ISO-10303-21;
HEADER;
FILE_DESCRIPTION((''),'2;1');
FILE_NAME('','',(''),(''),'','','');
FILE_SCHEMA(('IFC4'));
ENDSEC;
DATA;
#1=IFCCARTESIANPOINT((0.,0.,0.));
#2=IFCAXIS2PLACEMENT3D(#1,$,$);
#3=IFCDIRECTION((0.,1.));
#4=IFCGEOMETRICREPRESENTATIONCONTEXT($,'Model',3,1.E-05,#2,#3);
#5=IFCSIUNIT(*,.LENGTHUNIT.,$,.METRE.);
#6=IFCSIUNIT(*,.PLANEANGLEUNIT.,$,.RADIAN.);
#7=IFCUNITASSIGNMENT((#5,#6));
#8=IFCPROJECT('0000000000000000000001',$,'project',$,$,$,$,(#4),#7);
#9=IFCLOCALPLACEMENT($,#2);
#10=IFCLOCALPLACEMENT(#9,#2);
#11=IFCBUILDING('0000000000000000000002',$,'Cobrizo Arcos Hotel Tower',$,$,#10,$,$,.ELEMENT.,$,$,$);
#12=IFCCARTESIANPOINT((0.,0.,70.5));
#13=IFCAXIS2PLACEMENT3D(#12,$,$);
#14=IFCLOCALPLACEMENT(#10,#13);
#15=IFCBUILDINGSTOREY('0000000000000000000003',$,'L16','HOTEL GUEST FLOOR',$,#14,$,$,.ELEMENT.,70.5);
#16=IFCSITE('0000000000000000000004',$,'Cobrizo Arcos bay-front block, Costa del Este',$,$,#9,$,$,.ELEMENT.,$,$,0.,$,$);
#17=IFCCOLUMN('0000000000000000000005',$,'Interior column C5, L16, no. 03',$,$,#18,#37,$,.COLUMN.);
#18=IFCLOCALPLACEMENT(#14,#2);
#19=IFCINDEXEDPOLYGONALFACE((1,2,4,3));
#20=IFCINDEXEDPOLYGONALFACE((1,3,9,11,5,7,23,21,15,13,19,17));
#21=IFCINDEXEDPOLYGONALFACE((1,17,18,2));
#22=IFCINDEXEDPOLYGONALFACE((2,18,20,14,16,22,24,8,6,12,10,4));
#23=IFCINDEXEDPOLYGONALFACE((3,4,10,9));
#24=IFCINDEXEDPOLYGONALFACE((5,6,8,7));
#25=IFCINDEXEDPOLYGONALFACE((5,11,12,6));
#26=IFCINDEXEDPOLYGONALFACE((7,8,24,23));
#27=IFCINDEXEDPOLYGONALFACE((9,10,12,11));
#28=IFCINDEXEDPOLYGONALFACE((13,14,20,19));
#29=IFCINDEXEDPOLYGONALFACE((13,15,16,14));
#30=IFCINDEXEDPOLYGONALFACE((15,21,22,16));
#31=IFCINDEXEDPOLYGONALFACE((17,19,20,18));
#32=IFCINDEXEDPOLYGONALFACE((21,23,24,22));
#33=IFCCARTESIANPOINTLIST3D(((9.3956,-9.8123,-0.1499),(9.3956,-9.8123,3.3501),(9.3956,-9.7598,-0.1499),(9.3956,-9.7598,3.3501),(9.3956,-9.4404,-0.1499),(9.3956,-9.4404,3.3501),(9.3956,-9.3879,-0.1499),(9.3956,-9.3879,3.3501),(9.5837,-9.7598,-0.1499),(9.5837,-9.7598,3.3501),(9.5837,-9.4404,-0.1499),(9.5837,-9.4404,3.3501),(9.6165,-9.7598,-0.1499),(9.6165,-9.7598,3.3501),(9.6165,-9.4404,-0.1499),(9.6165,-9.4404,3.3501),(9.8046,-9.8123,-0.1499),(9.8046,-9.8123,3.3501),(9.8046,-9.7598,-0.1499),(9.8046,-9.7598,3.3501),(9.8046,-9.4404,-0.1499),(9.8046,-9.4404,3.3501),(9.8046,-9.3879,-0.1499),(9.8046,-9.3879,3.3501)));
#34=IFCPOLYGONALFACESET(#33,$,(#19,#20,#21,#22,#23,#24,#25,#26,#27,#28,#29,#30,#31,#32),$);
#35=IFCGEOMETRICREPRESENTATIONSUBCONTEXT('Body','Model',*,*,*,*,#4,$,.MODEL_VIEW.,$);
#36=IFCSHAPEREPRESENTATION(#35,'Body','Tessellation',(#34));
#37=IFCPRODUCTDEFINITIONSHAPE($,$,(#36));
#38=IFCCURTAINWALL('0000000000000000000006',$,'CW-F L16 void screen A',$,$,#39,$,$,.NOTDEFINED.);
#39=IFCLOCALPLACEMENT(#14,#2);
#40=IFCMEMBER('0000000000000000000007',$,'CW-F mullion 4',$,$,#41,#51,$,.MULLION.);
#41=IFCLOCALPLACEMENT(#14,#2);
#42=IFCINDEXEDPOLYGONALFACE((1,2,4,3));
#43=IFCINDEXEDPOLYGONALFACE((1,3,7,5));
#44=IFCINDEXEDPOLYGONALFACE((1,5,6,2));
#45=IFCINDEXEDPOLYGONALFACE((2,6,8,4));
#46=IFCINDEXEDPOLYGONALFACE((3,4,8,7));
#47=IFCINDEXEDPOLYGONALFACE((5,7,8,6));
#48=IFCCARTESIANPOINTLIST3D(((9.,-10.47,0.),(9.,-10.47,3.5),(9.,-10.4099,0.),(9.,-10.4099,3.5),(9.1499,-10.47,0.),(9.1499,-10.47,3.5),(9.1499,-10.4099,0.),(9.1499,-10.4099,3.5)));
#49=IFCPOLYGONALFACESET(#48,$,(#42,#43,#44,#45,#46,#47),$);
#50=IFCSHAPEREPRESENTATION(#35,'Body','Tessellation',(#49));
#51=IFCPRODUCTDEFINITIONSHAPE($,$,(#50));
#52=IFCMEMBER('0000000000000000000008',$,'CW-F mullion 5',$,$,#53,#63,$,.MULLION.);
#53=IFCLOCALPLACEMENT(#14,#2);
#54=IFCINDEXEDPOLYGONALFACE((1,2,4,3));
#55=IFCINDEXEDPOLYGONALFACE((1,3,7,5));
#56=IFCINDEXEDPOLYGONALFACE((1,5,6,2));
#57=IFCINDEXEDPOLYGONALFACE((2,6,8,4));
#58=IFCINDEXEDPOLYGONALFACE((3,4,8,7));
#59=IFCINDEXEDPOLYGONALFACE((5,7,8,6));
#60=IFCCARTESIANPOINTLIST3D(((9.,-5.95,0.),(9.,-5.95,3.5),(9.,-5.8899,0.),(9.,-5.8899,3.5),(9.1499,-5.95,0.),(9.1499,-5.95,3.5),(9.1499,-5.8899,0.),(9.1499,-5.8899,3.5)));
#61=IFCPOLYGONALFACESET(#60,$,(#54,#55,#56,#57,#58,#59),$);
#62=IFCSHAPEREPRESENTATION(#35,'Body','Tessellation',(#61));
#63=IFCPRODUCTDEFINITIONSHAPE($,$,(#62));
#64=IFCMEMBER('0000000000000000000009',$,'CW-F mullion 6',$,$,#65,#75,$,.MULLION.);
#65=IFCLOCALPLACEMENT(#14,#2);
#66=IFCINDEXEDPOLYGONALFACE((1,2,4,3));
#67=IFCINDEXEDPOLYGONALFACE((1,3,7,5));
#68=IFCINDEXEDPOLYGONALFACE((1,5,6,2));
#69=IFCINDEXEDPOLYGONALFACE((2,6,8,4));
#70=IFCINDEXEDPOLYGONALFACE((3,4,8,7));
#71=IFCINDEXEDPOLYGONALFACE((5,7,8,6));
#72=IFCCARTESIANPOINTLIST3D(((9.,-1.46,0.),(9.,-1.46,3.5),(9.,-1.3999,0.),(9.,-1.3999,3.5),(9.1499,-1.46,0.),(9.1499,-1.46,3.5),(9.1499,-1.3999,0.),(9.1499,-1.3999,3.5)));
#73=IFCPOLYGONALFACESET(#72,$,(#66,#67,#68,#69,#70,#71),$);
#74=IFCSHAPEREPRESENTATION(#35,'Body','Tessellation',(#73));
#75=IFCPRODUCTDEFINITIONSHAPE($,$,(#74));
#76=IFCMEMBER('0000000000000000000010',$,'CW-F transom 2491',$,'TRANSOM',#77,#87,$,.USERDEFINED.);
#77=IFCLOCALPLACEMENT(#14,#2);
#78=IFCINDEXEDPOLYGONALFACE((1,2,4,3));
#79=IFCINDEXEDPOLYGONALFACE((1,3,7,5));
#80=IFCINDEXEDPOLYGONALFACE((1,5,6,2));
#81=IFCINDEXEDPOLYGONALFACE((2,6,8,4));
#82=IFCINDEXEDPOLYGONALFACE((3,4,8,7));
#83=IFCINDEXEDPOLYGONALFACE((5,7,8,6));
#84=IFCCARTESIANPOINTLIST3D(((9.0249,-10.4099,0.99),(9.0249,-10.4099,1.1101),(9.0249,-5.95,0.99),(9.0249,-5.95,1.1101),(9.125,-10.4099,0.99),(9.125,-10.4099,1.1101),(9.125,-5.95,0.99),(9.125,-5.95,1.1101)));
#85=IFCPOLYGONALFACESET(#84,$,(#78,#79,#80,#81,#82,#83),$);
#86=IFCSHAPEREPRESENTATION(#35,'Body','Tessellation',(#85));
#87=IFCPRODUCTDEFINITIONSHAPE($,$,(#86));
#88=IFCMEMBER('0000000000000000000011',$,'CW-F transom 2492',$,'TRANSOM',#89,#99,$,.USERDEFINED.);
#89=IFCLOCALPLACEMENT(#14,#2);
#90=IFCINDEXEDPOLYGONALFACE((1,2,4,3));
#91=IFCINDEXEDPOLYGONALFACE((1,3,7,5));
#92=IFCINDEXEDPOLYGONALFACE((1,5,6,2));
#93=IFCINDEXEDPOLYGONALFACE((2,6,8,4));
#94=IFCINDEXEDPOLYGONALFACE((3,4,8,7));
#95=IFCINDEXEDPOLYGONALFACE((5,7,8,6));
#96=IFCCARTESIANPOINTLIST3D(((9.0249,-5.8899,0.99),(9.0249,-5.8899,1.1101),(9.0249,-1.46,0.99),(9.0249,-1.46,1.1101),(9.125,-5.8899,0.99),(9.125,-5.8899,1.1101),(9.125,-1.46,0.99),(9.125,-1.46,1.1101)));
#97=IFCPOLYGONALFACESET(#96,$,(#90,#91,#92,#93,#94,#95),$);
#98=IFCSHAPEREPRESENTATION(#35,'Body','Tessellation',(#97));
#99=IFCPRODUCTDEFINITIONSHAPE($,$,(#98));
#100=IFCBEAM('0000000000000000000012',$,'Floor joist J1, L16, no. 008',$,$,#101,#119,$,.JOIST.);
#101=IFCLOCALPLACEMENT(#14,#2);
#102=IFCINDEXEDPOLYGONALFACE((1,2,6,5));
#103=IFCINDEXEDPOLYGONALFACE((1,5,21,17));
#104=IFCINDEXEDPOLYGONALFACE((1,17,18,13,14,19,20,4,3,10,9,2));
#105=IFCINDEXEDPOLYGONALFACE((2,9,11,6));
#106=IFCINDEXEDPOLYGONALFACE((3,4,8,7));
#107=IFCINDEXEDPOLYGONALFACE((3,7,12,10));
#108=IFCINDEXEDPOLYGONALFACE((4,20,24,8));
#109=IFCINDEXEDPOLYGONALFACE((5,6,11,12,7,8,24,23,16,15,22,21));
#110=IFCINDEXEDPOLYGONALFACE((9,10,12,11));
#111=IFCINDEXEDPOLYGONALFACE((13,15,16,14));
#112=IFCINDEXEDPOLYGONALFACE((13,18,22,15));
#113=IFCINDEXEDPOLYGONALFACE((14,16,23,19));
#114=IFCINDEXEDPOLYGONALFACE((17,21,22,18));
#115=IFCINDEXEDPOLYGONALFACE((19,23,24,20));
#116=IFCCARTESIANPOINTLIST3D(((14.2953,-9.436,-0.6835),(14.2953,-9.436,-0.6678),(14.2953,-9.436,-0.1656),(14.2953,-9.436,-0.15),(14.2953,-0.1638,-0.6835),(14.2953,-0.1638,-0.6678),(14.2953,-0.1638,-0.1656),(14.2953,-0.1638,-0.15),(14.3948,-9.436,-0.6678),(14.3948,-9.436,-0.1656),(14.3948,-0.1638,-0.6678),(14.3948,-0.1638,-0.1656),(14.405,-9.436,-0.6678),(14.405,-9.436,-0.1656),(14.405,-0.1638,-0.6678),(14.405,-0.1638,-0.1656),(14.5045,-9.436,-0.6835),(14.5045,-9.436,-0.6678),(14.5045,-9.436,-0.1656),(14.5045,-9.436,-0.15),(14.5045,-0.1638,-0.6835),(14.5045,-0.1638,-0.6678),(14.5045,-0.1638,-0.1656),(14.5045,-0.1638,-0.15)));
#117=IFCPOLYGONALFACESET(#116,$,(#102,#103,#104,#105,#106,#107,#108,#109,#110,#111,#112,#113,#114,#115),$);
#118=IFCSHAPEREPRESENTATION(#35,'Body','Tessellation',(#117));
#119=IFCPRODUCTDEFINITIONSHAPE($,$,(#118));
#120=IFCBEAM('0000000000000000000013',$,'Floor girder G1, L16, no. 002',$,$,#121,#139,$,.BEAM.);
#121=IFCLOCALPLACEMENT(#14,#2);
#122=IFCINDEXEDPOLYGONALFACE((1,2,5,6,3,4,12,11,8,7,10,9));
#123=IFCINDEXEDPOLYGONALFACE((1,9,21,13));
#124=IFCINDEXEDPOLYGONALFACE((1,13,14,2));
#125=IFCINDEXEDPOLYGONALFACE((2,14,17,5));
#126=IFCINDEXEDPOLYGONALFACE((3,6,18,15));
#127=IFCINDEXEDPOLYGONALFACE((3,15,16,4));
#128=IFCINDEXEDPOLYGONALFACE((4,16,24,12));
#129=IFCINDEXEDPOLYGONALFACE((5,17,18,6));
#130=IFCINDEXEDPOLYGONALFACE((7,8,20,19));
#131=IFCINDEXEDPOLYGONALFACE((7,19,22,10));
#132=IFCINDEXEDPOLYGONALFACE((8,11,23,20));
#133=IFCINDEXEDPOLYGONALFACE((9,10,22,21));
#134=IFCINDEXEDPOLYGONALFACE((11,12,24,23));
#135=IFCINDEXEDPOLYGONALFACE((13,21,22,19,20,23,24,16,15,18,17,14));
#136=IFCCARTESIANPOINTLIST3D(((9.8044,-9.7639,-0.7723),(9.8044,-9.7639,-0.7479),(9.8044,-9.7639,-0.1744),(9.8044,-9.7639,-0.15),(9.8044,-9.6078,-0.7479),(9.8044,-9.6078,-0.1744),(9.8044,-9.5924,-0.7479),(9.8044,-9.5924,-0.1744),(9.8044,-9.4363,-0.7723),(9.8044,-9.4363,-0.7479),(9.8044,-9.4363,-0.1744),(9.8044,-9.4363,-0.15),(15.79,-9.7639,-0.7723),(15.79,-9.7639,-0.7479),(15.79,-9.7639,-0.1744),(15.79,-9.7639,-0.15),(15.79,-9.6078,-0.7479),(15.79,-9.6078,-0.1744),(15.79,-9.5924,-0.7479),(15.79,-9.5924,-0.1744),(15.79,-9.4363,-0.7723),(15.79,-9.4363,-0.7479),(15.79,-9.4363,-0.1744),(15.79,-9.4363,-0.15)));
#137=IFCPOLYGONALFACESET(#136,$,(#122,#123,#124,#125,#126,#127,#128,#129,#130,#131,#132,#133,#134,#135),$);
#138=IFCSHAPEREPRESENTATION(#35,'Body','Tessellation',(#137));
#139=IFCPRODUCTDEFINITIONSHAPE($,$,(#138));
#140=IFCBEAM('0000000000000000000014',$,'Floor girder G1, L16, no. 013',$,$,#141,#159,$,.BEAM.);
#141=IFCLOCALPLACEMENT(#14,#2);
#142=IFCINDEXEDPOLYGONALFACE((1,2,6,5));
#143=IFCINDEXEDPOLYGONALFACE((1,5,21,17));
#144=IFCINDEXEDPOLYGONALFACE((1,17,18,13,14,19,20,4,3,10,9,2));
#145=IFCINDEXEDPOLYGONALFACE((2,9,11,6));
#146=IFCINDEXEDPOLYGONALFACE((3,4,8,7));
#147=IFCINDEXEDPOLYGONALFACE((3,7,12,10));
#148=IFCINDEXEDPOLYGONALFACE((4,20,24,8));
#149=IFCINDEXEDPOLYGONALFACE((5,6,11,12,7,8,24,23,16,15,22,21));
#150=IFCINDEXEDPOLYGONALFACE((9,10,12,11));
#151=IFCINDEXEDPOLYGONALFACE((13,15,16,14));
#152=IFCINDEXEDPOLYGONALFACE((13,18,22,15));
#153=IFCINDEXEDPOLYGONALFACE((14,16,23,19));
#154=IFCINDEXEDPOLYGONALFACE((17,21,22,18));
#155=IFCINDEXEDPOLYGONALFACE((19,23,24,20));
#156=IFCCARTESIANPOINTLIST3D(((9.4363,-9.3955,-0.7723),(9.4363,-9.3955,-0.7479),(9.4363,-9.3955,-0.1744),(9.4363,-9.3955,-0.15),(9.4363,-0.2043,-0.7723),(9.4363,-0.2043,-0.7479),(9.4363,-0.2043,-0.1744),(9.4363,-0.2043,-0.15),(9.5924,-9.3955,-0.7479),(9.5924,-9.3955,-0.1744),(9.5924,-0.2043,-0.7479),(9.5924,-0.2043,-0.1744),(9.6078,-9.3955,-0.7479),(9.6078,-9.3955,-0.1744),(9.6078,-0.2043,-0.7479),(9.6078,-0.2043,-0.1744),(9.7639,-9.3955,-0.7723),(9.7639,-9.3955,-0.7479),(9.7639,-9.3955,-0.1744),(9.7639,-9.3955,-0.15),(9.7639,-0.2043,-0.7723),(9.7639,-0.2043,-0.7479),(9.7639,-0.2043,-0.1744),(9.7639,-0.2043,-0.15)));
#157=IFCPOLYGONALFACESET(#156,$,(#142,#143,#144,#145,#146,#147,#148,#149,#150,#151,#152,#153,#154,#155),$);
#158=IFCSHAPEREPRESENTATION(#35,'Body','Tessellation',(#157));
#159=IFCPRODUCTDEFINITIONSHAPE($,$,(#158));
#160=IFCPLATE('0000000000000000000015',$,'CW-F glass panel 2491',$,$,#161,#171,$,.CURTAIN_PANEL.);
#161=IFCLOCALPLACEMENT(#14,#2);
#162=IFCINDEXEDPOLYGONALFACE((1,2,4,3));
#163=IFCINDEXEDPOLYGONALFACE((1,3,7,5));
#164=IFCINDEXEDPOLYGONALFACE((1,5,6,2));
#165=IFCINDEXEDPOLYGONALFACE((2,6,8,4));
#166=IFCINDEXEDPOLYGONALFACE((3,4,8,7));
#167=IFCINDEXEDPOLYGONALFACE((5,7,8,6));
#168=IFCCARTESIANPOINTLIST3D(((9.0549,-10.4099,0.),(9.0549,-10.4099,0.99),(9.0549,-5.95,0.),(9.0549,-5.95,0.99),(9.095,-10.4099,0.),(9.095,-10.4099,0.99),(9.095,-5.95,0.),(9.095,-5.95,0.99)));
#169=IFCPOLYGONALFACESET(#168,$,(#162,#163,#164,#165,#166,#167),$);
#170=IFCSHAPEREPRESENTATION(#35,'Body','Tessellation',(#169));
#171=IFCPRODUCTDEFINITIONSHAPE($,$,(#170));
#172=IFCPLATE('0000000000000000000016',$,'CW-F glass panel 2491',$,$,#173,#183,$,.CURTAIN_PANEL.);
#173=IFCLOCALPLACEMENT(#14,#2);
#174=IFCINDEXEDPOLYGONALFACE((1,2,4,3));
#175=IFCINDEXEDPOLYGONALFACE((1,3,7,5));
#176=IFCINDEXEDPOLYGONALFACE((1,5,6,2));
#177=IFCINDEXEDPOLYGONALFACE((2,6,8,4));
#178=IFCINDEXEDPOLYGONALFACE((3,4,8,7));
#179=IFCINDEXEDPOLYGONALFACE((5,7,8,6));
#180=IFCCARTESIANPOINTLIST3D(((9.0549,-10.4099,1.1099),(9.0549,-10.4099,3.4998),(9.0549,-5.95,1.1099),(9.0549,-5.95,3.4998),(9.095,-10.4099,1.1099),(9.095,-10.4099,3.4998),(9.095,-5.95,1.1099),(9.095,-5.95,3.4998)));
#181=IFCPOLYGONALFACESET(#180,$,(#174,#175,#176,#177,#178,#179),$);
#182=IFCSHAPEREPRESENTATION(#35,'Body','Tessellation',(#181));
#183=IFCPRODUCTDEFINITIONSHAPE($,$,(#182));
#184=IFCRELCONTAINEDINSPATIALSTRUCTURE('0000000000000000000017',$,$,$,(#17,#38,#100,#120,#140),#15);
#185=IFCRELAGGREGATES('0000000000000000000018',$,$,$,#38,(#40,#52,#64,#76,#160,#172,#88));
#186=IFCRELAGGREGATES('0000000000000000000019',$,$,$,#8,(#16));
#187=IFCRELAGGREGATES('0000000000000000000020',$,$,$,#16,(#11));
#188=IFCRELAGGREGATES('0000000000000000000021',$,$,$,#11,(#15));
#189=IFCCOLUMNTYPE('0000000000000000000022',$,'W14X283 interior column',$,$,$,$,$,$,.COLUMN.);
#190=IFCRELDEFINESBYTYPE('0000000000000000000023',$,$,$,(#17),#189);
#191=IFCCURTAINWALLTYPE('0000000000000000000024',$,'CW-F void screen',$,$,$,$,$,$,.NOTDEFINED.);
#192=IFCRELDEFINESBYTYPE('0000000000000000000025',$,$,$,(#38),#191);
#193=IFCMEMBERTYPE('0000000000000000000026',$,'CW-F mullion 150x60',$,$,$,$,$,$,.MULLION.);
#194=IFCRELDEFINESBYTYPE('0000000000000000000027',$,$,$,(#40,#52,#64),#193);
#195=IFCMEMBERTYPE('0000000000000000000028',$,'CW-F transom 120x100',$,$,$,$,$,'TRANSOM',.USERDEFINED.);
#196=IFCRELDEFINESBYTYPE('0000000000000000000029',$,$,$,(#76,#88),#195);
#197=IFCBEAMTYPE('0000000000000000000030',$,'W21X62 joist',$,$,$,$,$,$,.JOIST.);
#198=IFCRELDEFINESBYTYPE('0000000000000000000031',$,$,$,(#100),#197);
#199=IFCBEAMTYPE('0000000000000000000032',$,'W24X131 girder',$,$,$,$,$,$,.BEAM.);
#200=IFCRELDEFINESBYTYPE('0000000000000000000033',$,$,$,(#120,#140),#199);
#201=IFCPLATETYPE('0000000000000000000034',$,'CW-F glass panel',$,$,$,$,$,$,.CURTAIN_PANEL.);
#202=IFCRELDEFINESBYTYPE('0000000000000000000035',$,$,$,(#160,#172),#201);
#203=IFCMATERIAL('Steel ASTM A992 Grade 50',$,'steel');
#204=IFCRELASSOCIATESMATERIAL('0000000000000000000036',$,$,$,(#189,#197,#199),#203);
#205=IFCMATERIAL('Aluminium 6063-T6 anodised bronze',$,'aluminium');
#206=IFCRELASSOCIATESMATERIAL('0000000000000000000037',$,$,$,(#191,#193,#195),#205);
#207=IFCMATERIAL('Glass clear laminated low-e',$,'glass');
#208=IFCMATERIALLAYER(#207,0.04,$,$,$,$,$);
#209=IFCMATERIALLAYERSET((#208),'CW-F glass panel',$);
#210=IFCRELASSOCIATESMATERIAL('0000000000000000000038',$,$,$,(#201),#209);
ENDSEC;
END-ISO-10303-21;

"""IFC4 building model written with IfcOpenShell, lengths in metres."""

from ifc_helpers import new_model, si_unit, direction, frame, origin, origin_2d, place, context, subcontext, project, spatial, rectangle, i_section, extrude, material, layer, layer_set, material_profile, profile_set, type_object, element, aggregate, save


model = new_model("IFC4")

# Units and contexts
model_context = context("Model", 3, precision=1e-05, world=origin(), true_north=direction((0.0, 1.0)))
body_context = subcontext(model_context, "Body", "Model", "MODEL_VIEW")
ifc_project = project(units=[si_unit("LENGTHUNIT", "METRE"), si_unit("PLANEANGLEUNIT", "RADIAN")], contexts=[model_context])

# Site, building, storey
site_placement = place(None, origin())
site = spatial("IfcSite", under=ifc_project, at=site_placement, Name="Cobrizo Arcos bay-front block, Costa del Este", CompositionType="ELEMENT", RefElevation=0.0)
building_placement = place(site_placement, origin())
building = spatial("IfcBuilding", under=site, at=building_placement, Name="Cobrizo Arcos Hotel Tower", CompositionType="ELEMENT")
storey_placement = place(building_placement, frame((0.0, 0.0, 70.5)))
storey = spatial("IfcBuildingStorey", under=building, at=storey_placement, Name="L16", Description="HOTEL GUEST FLOOR", CompositionType="ELEMENT", Elevation=70.5)

# Column
ifc_material_1 = material(Name="Steel ASTM A992 Grade 50", Category="steel")
ifc_material_profile_1 = material_profile(ifc_material_1, i_section(OverallWidth=0.4089, OverallDepth=0.4243, WebThickness=0.0327, FlangeThickness=0.0525, at=origin_2d()), Name="W14X283")
ifc_profile_set_1 = profile_set([ifc_material_profile_1], Name="Steel ASTM A992 Grade 50")
column_type = type_object("IfcColumnType", Name="W14X283 interior column", PredefinedType="COLUMN", material=ifc_profile_set_1)
column_placement = place(storey_placement, frame((9.6001, -9.6001, -0.1499), z_axis=(0.0, 0.0, 1.0), x_axis=(1.0, 0.0, 0.0)))
element("IfcColumn", 1, at=column_placement, inside=storey, type_object=column_type, Name="Interior column C5, L16, no. 03", PredefinedType="COLUMN", context=body_context, shape_type="SweptSolid", body=[
    extrude(i_section(OverallWidth=0.4089, OverallDepth=0.4243, WebThickness=0.0327, FlangeThickness=0.0525, at=origin_2d()), origin(), (0.0, 0.0, 1.0), 3.5),
])

# Curtain wall, members
ifc_material_2 = material(Name="Aluminium 6063-T6 anodised bronze", Category="aluminium")
curtain_wall_type = type_object("IfcCurtainWallType", Name="CW-F void screen", PredefinedType="NOTDEFINED", material=ifc_material_2)
curtain_wall_placement = place(storey_placement, origin())
curtain_wall = element("IfcCurtainWall", 2, at=curtain_wall_placement, inside=storey, type_object=curtain_wall_type, Name="CW-F L16 void screen A", PredefinedType="NOTDEFINED")
ifc_material_profile_2 = material_profile(ifc_material_2, rectangle(XDim=0.1499, YDim=0.0601, at=origin_2d()), Name="CW-F mullion 150x60")
ifc_profile_set_2 = profile_set([ifc_material_profile_2], Name="Aluminium 6063-T6 anodised bronze")
member_type_1 = type_object("IfcMemberType", Name="CW-F mullion 150x60", PredefinedType="MULLION", material=ifc_profile_set_2)
member_1_placement = place(storey_placement, frame((9.075, -10.4399, 0.0), z_axis=(0.0, 0.0, 1.0), x_axis=(1.0, 0.0, 0.0)))
member_1 = element("IfcMember", 3, at=member_1_placement, type_object=member_type_1, Name="CW-F mullion 4", PredefinedType="MULLION", context=body_context, shape_type="SweptSolid", body=[
    extrude(rectangle(XDim=0.1499, YDim=0.0601, at=origin_2d()), origin(), (0.0, 0.0, 1.0), 3.5),
])
member_2_placement = place(storey_placement, frame((9.075, -5.9199, 0.0), z_axis=(0.0, 0.0, 1.0), x_axis=(1.0, 0.0, 0.0)))
member_2 = element("IfcMember", 4, at=member_2_placement, type_object=member_type_1, Name="CW-F mullion 5", PredefinedType="MULLION", context=body_context, shape_type="SweptSolid", body=[
    extrude(rectangle(XDim=0.1499, YDim=0.0601, at=origin_2d()), origin(), (0.0, 0.0, 1.0), 3.5),
])
member_3_placement = place(storey_placement, frame((9.075, -1.4299, 0.0), z_axis=(0.0, 0.0, 1.0), x_axis=(1.0, 0.0, 0.0)))
member_3 = element("IfcMember", 5, at=member_3_placement, type_object=member_type_1, Name="CW-F mullion 6", PredefinedType="MULLION", context=body_context, shape_type="SweptSolid", body=[
    extrude(rectangle(XDim=0.1499, YDim=0.0601, at=origin_2d()), origin(), (0.0, 0.0, 1.0), 3.5),
])
ifc_material_profile_3 = material_profile(ifc_material_2, rectangle(XDim=0.1001, YDim=0.1201, at=origin_2d()), Name="CW-F transom 120x100")
ifc_profile_set_3 = profile_set([ifc_material_profile_3], Name="Aluminium 6063-T6 anodised bronze")
member_type_2 = type_object("IfcMemberType", Name="CW-F transom 120x100", ElementType="TRANSOM", PredefinedType="USERDEFINED", material=ifc_profile_set_3)
member_4_placement = place(storey_placement, frame((9.075, -10.4099, 1.05), z_axis=(0.0, 1.0, 0.0), x_axis=(-1.0, 0.0, 0.0)))
member_4 = element("IfcMember", 6, at=member_4_placement, type_object=member_type_2, Name="CW-F transom 2491", ObjectType="TRANSOM", PredefinedType="USERDEFINED", context=body_context, shape_type="SweptSolid", body=[
    extrude(rectangle(XDim=0.1001, YDim=0.1201, at=origin_2d()), origin(), (0.0, 0.0, 1.0), 4.46),
])
member_5_placement = place(storey_placement, frame((9.075, -5.8899, 1.05), z_axis=(0.0, 1.0, 0.0), x_axis=(-1.0, 0.0, 0.0)))
member_5 = element("IfcMember", 7, at=member_5_placement, type_object=member_type_2, Name="CW-F transom 2492", ObjectType="TRANSOM", PredefinedType="USERDEFINED", context=body_context, shape_type="SweptSolid", body=[
    extrude(rectangle(XDim=0.1001, YDim=0.1201, at=origin_2d()), origin(), (0.0, 0.0, 1.0), 4.4299),
])

# Beams
ifc_material_profile_4 = material_profile(ifc_material_1, i_section(OverallWidth=0.2092, OverallDepth=0.5334, WebThickness=0.0103, FlangeThickness=0.0156, at=origin_2d()), Name="W21X62")
ifc_profile_set_4 = profile_set([ifc_material_profile_4], Name="Steel ASTM A992 Grade 50")
beam_type_1 = type_object("IfcBeamType", Name="W21X62 joist", PredefinedType="JOIST", material=ifc_profile_set_4)
beam_1_placement = place(storey_placement, frame((14.3999, -9.436, -0.4167), z_axis=(0.0, 1.0, 0.0), x_axis=(-1.0, 0.0, 0.0)))
element("IfcBeam", 8, at=beam_1_placement, inside=storey, type_object=beam_type_1, Name="Floor joist J1, L16, no. 008", PredefinedType="JOIST", context=body_context, shape_type="SweptSolid", body=[
    extrude(i_section(OverallWidth=0.2092, OverallDepth=0.5334, WebThickness=0.0103, FlangeThickness=0.0156, at=origin_2d()), origin(), (0.0, 0.0, 1.0), 9.2722),
])
ifc_material_profile_5 = material_profile(ifc_material_1, i_section(OverallWidth=0.3276, OverallDepth=0.6223, WebThickness=0.0154, FlangeThickness=0.0244, at=origin_2d()), Name="W24X131")
ifc_profile_set_5 = profile_set([ifc_material_profile_5], Name="Steel ASTM A992 Grade 50")
beam_type_2 = type_object("IfcBeamType", Name="W24X131 girder", PredefinedType="BEAM", material=ifc_profile_set_5)
beam_2_placement = place(storey_placement, frame((9.8044, -9.6001, -0.4612), z_axis=(1.0, 0.0, 0.0), x_axis=(0.0, 1.0, 0.0)))
element("IfcBeam", 9, at=beam_2_placement, inside=storey, type_object=beam_type_2, Name="Floor girder G1, L16, no. 002", PredefinedType="BEAM", context=body_context, shape_type="SweptSolid", body=[
    extrude(i_section(OverallWidth=0.3276, OverallDepth=0.6223, WebThickness=0.0154, FlangeThickness=0.0244, at=origin_2d()), origin(), (0.0, 0.0, 1.0), 5.9856),
])
beam_3_placement = place(storey_placement, frame((9.6001, -9.3955, -0.4612), z_axis=(0.0, 1.0, 0.0), x_axis=(-1.0, 0.0, 0.0)))
element("IfcBeam", 10, at=beam_3_placement, inside=storey, type_object=beam_type_2, Name="Floor girder G1, L16, no. 013", PredefinedType="BEAM", context=body_context, shape_type="SweptSolid", body=[
    extrude(i_section(OverallWidth=0.3276, OverallDepth=0.6223, WebThickness=0.0154, FlangeThickness=0.0244, at=origin_2d()), origin(), (0.0, 0.0, 1.0), 9.1912),
])

# Plates
ifc_material_3 = material(Name="Glass clear laminated low-e", Category="glass")
ifc_layer_1 = layer(ifc_material_3, 0.04)
ifc_layer_set_1 = layer_set([ifc_layer_1], Name="CW-F glass panel")
plate_type = type_object("IfcPlateType", Name="CW-F glass panel", PredefinedType="CURTAIN_PANEL", material=ifc_layer_set_1)
plate_1_placement = place(storey_placement, frame((9.075, -8.1799, 0.0), z_axis=(0.0, 0.0, 1.0), x_axis=(0.0, 1.0, 0.0)))
plate_1 = element("IfcPlate", 11, at=plate_1_placement, type_object=plate_type, Name="CW-F glass panel 2491", PredefinedType="CURTAIN_PANEL", context=body_context, shape_type="SweptSolid", body=[
    extrude(rectangle(XDim=4.46, YDim=0.04, at=origin_2d()), origin(), (0.0, 0.0, 1.0), 0.99),
])
plate_2_placement = place(storey_placement, frame((9.075, -8.1799, 1.1099), z_axis=(0.0, 0.0, 1.0), x_axis=(0.0, 1.0, 0.0)))
plate_2 = element("IfcPlate", 12, at=plate_2_placement, type_object=plate_type, Name="CW-F glass panel 2491", PredefinedType="CURTAIN_PANEL", context=body_context, shape_type="SweptSolid", body=[
    extrude(rectangle(XDim=4.46, YDim=0.04, at=origin_2d()), origin(), (0.0, 0.0, 1.0), 2.3899),
])
aggregate(curtain_wall, [member_1, member_2, member_3, member_4, plate_1, plate_2, member_5])

save(model, "model.ifc")
